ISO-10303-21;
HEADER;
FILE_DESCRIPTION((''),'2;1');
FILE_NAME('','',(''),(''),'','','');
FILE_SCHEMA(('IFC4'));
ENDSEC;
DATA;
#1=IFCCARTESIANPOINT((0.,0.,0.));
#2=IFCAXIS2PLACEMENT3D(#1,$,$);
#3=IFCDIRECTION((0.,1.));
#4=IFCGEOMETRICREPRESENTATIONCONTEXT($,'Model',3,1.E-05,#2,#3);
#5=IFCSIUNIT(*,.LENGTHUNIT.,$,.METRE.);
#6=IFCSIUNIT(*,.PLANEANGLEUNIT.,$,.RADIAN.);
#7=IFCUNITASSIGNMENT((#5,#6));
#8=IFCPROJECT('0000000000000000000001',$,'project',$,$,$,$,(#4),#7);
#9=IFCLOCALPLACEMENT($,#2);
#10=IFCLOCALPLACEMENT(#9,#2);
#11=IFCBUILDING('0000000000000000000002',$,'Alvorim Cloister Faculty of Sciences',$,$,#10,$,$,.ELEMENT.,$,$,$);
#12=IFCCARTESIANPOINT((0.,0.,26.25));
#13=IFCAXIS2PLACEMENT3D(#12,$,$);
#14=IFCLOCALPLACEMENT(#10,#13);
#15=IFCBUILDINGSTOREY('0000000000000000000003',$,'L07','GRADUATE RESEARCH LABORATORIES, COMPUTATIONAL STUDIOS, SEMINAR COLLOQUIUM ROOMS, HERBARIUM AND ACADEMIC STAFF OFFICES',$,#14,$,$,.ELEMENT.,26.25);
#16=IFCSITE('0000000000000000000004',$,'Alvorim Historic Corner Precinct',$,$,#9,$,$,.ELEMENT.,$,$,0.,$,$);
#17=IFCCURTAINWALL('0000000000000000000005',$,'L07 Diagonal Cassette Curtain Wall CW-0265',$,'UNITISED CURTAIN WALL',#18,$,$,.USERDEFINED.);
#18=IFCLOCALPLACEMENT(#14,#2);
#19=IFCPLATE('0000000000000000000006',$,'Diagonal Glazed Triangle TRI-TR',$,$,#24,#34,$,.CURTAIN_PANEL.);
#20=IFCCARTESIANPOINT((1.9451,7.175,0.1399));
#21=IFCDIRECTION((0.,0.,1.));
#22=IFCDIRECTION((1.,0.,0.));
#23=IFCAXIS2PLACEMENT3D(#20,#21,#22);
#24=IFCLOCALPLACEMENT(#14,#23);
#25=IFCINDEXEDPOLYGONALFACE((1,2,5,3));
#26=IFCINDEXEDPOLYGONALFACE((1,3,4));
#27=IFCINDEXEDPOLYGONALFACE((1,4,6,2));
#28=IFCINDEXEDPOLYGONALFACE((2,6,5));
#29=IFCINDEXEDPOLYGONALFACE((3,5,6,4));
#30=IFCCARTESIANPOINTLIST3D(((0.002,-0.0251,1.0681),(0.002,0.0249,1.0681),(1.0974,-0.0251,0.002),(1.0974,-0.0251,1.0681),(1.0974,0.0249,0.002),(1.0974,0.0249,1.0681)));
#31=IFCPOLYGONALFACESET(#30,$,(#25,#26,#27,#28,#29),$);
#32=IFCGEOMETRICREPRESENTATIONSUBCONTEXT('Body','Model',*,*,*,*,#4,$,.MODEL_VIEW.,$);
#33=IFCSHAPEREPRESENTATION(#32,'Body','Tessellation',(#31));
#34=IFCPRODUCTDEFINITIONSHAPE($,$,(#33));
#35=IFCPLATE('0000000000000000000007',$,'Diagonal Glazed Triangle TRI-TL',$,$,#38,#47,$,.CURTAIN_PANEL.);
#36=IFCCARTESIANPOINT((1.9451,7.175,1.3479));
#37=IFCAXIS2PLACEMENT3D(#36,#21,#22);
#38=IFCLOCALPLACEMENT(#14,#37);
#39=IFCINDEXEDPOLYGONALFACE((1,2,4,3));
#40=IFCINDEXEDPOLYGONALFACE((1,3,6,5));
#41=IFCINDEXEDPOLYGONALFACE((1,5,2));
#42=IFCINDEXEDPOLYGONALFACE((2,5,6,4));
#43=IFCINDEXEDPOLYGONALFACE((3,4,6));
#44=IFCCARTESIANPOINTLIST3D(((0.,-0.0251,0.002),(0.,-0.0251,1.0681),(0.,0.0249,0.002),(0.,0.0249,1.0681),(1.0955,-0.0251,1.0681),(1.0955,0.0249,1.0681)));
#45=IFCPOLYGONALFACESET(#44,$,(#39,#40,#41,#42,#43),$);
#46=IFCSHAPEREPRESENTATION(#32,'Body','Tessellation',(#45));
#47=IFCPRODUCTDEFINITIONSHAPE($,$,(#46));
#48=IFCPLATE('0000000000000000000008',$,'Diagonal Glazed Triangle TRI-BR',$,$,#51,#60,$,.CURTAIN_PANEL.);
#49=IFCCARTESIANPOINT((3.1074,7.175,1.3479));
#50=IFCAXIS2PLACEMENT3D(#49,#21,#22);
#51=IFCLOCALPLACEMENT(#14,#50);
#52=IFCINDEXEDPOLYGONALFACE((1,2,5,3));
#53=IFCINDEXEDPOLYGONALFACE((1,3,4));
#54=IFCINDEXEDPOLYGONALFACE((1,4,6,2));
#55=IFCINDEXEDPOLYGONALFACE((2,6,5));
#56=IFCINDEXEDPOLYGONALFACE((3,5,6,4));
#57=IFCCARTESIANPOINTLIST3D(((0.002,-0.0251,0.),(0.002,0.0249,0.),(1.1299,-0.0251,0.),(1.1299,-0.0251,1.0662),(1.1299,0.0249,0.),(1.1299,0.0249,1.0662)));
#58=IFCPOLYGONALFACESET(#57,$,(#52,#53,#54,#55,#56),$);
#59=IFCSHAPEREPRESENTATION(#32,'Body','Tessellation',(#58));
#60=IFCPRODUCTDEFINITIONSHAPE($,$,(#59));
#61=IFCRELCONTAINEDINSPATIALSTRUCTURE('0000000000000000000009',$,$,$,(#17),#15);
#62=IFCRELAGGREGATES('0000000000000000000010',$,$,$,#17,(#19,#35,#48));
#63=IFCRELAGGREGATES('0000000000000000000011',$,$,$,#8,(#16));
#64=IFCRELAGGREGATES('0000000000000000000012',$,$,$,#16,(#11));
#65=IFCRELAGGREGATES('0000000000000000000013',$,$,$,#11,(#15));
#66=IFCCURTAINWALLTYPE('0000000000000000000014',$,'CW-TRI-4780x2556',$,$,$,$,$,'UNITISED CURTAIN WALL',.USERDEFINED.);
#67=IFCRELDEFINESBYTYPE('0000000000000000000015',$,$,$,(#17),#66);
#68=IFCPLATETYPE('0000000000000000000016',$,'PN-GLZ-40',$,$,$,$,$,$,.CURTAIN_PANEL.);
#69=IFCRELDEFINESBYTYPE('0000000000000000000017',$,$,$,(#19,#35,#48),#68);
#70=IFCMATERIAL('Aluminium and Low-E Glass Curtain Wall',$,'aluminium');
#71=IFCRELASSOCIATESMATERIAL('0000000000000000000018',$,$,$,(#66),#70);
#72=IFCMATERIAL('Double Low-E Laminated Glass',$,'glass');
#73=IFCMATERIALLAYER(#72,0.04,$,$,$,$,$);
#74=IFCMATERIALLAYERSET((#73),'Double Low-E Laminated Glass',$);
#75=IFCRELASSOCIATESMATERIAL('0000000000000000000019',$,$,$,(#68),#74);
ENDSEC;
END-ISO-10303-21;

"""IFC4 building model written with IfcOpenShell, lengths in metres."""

from ifc_helpers import new_model, si_unit, direction, frame, origin, place, context, subcontext, project, spatial, polyline, outline, extrude, material, layer, layer_set, type_object, element, aggregate, save


model = new_model("IFC4")

# Units and contexts
model_context = context("Model", 3, precision=1e-05, world=origin(), true_north=direction((0.0, 1.0)))
body_context = subcontext(model_context, "Body", "Model", "MODEL_VIEW")
ifc_project = project(units=[si_unit("LENGTHUNIT", "METRE"), si_unit("PLANEANGLEUNIT", "RADIAN")], contexts=[model_context])

# Site, building, storey
site_placement = place(None, origin())
site = spatial("IfcSite", under=ifc_project, at=site_placement, Name="Alvorim Historic Corner Precinct", CompositionType="ELEMENT", RefElevation=0.0)
building_placement = place(site_placement, origin())
building = spatial("IfcBuilding", under=site, at=building_placement, Name="Alvorim Cloister Faculty of Sciences", CompositionType="ELEMENT")
storey_placement = place(building_placement, frame((0.0, 0.0, 26.25)))
storey = spatial("IfcBuildingStorey", under=building, at=storey_placement, Name="L07", Description="GRADUATE RESEARCH LABORATORIES, COMPUTATIONAL STUDIOS, SEMINAR COLLOQUIUM ROOMS, HERBARIUM AND ACADEMIC STAFF OFFICES", CompositionType="ELEMENT", Elevation=26.25)

# Curtain wall, plates
ifc_material_1 = material(Name="Aluminium and Low-E Glass Curtain Wall", Category="aluminium")
curtain_wall_type = type_object("IfcCurtainWallType", Name="CW-TRI-4780x2556", ElementType="UNITISED CURTAIN WALL", PredefinedType="USERDEFINED", material=ifc_material_1)
curtain_wall_placement = place(storey_placement, origin())
curtain_wall = element("IfcCurtainWall", 1, at=curtain_wall_placement, inside=storey, type_object=curtain_wall_type, Name="L07 Diagonal Cassette Curtain Wall CW-0265", ObjectType="UNITISED CURTAIN WALL", PredefinedType="USERDEFINED")
ifc_material_2 = material(Name="Double Low-E Laminated Glass", Category="glass")
ifc_layer_1 = layer(ifc_material_2, 0.04)
ifc_layer_set_1 = layer_set([ifc_layer_1], Name="Double Low-E Laminated Glass")
plate_type = type_object("IfcPlateType", Name="PN-GLZ-40", PredefinedType="CURTAIN_PANEL", material=ifc_layer_set_1)
plate_1_placement = place(storey_placement, frame((1.9451, 7.175, 0.1399), z_axis=(0.0, 0.0, 1.0), x_axis=(1.0, 0.0, 0.0)))
plate_1 = element("IfcPlate", 2, at=plate_1_placement, type_object=plate_type, Name="Diagonal Glazed Triangle TRI-TR", PredefinedType="CURTAIN_PANEL", context=body_context, shape_type="SweptSolid", body=[
    extrude(outline(polyline([(1.0974, 0.002), (1.0974, 1.0681), (0.002, 1.0681), (1.0974, 0.002)])), frame((0.0, 0.0249, 0.0), z_axis=(0.0, -1.0, 0.0), x_axis=(1.0, 0.0, 0.0)), (0.0, 0.0, 1.0), 0.05),
])
plate_2_placement = place(storey_placement, frame((1.9451, 7.175, 1.3479), z_axis=(0.0, 0.0, 1.0), x_axis=(1.0, 0.0, 0.0)))
plate_2 = element("IfcPlate", 3, at=plate_2_placement, type_object=plate_type, Name="Diagonal Glazed Triangle TRI-TL", PredefinedType="CURTAIN_PANEL", context=body_context, shape_type="SweptSolid", body=[
    extrude(outline(polyline([(1.0955, 1.0681), (0.0, 1.0681), (0.0, 0.002), (1.0955, 1.0681)])), frame((0.0, 0.0249, 0.0), z_axis=(0.0, -1.0, 0.0), x_axis=(1.0, 0.0, 0.0)), (0.0, 0.0, 1.0), 0.05),
])
plate_3_placement = place(storey_placement, frame((3.1074, 7.175, 1.3479), z_axis=(0.0, 0.0, 1.0), x_axis=(1.0, 0.0, 0.0)))
plate_3 = element("IfcPlate", 4, at=plate_3_placement, type_object=plate_type, Name="Diagonal Glazed Triangle TRI-BR", PredefinedType="CURTAIN_PANEL", context=body_context, shape_type="SweptSolid", body=[
    extrude(outline(polyline([(0.002, 0.0), (1.1299, 0.0), (1.1299, 1.0662), (0.002, 0.0)])), frame((0.0, 0.0249, 0.0), z_axis=(0.0, -1.0, 0.0), x_axis=(1.0, 0.0, 0.0)), (0.0, 0.0, 1.0), 0.05),
])
aggregate(curtain_wall, [plate_1, plate_2, plate_3])

save(model, "model.ifc")
